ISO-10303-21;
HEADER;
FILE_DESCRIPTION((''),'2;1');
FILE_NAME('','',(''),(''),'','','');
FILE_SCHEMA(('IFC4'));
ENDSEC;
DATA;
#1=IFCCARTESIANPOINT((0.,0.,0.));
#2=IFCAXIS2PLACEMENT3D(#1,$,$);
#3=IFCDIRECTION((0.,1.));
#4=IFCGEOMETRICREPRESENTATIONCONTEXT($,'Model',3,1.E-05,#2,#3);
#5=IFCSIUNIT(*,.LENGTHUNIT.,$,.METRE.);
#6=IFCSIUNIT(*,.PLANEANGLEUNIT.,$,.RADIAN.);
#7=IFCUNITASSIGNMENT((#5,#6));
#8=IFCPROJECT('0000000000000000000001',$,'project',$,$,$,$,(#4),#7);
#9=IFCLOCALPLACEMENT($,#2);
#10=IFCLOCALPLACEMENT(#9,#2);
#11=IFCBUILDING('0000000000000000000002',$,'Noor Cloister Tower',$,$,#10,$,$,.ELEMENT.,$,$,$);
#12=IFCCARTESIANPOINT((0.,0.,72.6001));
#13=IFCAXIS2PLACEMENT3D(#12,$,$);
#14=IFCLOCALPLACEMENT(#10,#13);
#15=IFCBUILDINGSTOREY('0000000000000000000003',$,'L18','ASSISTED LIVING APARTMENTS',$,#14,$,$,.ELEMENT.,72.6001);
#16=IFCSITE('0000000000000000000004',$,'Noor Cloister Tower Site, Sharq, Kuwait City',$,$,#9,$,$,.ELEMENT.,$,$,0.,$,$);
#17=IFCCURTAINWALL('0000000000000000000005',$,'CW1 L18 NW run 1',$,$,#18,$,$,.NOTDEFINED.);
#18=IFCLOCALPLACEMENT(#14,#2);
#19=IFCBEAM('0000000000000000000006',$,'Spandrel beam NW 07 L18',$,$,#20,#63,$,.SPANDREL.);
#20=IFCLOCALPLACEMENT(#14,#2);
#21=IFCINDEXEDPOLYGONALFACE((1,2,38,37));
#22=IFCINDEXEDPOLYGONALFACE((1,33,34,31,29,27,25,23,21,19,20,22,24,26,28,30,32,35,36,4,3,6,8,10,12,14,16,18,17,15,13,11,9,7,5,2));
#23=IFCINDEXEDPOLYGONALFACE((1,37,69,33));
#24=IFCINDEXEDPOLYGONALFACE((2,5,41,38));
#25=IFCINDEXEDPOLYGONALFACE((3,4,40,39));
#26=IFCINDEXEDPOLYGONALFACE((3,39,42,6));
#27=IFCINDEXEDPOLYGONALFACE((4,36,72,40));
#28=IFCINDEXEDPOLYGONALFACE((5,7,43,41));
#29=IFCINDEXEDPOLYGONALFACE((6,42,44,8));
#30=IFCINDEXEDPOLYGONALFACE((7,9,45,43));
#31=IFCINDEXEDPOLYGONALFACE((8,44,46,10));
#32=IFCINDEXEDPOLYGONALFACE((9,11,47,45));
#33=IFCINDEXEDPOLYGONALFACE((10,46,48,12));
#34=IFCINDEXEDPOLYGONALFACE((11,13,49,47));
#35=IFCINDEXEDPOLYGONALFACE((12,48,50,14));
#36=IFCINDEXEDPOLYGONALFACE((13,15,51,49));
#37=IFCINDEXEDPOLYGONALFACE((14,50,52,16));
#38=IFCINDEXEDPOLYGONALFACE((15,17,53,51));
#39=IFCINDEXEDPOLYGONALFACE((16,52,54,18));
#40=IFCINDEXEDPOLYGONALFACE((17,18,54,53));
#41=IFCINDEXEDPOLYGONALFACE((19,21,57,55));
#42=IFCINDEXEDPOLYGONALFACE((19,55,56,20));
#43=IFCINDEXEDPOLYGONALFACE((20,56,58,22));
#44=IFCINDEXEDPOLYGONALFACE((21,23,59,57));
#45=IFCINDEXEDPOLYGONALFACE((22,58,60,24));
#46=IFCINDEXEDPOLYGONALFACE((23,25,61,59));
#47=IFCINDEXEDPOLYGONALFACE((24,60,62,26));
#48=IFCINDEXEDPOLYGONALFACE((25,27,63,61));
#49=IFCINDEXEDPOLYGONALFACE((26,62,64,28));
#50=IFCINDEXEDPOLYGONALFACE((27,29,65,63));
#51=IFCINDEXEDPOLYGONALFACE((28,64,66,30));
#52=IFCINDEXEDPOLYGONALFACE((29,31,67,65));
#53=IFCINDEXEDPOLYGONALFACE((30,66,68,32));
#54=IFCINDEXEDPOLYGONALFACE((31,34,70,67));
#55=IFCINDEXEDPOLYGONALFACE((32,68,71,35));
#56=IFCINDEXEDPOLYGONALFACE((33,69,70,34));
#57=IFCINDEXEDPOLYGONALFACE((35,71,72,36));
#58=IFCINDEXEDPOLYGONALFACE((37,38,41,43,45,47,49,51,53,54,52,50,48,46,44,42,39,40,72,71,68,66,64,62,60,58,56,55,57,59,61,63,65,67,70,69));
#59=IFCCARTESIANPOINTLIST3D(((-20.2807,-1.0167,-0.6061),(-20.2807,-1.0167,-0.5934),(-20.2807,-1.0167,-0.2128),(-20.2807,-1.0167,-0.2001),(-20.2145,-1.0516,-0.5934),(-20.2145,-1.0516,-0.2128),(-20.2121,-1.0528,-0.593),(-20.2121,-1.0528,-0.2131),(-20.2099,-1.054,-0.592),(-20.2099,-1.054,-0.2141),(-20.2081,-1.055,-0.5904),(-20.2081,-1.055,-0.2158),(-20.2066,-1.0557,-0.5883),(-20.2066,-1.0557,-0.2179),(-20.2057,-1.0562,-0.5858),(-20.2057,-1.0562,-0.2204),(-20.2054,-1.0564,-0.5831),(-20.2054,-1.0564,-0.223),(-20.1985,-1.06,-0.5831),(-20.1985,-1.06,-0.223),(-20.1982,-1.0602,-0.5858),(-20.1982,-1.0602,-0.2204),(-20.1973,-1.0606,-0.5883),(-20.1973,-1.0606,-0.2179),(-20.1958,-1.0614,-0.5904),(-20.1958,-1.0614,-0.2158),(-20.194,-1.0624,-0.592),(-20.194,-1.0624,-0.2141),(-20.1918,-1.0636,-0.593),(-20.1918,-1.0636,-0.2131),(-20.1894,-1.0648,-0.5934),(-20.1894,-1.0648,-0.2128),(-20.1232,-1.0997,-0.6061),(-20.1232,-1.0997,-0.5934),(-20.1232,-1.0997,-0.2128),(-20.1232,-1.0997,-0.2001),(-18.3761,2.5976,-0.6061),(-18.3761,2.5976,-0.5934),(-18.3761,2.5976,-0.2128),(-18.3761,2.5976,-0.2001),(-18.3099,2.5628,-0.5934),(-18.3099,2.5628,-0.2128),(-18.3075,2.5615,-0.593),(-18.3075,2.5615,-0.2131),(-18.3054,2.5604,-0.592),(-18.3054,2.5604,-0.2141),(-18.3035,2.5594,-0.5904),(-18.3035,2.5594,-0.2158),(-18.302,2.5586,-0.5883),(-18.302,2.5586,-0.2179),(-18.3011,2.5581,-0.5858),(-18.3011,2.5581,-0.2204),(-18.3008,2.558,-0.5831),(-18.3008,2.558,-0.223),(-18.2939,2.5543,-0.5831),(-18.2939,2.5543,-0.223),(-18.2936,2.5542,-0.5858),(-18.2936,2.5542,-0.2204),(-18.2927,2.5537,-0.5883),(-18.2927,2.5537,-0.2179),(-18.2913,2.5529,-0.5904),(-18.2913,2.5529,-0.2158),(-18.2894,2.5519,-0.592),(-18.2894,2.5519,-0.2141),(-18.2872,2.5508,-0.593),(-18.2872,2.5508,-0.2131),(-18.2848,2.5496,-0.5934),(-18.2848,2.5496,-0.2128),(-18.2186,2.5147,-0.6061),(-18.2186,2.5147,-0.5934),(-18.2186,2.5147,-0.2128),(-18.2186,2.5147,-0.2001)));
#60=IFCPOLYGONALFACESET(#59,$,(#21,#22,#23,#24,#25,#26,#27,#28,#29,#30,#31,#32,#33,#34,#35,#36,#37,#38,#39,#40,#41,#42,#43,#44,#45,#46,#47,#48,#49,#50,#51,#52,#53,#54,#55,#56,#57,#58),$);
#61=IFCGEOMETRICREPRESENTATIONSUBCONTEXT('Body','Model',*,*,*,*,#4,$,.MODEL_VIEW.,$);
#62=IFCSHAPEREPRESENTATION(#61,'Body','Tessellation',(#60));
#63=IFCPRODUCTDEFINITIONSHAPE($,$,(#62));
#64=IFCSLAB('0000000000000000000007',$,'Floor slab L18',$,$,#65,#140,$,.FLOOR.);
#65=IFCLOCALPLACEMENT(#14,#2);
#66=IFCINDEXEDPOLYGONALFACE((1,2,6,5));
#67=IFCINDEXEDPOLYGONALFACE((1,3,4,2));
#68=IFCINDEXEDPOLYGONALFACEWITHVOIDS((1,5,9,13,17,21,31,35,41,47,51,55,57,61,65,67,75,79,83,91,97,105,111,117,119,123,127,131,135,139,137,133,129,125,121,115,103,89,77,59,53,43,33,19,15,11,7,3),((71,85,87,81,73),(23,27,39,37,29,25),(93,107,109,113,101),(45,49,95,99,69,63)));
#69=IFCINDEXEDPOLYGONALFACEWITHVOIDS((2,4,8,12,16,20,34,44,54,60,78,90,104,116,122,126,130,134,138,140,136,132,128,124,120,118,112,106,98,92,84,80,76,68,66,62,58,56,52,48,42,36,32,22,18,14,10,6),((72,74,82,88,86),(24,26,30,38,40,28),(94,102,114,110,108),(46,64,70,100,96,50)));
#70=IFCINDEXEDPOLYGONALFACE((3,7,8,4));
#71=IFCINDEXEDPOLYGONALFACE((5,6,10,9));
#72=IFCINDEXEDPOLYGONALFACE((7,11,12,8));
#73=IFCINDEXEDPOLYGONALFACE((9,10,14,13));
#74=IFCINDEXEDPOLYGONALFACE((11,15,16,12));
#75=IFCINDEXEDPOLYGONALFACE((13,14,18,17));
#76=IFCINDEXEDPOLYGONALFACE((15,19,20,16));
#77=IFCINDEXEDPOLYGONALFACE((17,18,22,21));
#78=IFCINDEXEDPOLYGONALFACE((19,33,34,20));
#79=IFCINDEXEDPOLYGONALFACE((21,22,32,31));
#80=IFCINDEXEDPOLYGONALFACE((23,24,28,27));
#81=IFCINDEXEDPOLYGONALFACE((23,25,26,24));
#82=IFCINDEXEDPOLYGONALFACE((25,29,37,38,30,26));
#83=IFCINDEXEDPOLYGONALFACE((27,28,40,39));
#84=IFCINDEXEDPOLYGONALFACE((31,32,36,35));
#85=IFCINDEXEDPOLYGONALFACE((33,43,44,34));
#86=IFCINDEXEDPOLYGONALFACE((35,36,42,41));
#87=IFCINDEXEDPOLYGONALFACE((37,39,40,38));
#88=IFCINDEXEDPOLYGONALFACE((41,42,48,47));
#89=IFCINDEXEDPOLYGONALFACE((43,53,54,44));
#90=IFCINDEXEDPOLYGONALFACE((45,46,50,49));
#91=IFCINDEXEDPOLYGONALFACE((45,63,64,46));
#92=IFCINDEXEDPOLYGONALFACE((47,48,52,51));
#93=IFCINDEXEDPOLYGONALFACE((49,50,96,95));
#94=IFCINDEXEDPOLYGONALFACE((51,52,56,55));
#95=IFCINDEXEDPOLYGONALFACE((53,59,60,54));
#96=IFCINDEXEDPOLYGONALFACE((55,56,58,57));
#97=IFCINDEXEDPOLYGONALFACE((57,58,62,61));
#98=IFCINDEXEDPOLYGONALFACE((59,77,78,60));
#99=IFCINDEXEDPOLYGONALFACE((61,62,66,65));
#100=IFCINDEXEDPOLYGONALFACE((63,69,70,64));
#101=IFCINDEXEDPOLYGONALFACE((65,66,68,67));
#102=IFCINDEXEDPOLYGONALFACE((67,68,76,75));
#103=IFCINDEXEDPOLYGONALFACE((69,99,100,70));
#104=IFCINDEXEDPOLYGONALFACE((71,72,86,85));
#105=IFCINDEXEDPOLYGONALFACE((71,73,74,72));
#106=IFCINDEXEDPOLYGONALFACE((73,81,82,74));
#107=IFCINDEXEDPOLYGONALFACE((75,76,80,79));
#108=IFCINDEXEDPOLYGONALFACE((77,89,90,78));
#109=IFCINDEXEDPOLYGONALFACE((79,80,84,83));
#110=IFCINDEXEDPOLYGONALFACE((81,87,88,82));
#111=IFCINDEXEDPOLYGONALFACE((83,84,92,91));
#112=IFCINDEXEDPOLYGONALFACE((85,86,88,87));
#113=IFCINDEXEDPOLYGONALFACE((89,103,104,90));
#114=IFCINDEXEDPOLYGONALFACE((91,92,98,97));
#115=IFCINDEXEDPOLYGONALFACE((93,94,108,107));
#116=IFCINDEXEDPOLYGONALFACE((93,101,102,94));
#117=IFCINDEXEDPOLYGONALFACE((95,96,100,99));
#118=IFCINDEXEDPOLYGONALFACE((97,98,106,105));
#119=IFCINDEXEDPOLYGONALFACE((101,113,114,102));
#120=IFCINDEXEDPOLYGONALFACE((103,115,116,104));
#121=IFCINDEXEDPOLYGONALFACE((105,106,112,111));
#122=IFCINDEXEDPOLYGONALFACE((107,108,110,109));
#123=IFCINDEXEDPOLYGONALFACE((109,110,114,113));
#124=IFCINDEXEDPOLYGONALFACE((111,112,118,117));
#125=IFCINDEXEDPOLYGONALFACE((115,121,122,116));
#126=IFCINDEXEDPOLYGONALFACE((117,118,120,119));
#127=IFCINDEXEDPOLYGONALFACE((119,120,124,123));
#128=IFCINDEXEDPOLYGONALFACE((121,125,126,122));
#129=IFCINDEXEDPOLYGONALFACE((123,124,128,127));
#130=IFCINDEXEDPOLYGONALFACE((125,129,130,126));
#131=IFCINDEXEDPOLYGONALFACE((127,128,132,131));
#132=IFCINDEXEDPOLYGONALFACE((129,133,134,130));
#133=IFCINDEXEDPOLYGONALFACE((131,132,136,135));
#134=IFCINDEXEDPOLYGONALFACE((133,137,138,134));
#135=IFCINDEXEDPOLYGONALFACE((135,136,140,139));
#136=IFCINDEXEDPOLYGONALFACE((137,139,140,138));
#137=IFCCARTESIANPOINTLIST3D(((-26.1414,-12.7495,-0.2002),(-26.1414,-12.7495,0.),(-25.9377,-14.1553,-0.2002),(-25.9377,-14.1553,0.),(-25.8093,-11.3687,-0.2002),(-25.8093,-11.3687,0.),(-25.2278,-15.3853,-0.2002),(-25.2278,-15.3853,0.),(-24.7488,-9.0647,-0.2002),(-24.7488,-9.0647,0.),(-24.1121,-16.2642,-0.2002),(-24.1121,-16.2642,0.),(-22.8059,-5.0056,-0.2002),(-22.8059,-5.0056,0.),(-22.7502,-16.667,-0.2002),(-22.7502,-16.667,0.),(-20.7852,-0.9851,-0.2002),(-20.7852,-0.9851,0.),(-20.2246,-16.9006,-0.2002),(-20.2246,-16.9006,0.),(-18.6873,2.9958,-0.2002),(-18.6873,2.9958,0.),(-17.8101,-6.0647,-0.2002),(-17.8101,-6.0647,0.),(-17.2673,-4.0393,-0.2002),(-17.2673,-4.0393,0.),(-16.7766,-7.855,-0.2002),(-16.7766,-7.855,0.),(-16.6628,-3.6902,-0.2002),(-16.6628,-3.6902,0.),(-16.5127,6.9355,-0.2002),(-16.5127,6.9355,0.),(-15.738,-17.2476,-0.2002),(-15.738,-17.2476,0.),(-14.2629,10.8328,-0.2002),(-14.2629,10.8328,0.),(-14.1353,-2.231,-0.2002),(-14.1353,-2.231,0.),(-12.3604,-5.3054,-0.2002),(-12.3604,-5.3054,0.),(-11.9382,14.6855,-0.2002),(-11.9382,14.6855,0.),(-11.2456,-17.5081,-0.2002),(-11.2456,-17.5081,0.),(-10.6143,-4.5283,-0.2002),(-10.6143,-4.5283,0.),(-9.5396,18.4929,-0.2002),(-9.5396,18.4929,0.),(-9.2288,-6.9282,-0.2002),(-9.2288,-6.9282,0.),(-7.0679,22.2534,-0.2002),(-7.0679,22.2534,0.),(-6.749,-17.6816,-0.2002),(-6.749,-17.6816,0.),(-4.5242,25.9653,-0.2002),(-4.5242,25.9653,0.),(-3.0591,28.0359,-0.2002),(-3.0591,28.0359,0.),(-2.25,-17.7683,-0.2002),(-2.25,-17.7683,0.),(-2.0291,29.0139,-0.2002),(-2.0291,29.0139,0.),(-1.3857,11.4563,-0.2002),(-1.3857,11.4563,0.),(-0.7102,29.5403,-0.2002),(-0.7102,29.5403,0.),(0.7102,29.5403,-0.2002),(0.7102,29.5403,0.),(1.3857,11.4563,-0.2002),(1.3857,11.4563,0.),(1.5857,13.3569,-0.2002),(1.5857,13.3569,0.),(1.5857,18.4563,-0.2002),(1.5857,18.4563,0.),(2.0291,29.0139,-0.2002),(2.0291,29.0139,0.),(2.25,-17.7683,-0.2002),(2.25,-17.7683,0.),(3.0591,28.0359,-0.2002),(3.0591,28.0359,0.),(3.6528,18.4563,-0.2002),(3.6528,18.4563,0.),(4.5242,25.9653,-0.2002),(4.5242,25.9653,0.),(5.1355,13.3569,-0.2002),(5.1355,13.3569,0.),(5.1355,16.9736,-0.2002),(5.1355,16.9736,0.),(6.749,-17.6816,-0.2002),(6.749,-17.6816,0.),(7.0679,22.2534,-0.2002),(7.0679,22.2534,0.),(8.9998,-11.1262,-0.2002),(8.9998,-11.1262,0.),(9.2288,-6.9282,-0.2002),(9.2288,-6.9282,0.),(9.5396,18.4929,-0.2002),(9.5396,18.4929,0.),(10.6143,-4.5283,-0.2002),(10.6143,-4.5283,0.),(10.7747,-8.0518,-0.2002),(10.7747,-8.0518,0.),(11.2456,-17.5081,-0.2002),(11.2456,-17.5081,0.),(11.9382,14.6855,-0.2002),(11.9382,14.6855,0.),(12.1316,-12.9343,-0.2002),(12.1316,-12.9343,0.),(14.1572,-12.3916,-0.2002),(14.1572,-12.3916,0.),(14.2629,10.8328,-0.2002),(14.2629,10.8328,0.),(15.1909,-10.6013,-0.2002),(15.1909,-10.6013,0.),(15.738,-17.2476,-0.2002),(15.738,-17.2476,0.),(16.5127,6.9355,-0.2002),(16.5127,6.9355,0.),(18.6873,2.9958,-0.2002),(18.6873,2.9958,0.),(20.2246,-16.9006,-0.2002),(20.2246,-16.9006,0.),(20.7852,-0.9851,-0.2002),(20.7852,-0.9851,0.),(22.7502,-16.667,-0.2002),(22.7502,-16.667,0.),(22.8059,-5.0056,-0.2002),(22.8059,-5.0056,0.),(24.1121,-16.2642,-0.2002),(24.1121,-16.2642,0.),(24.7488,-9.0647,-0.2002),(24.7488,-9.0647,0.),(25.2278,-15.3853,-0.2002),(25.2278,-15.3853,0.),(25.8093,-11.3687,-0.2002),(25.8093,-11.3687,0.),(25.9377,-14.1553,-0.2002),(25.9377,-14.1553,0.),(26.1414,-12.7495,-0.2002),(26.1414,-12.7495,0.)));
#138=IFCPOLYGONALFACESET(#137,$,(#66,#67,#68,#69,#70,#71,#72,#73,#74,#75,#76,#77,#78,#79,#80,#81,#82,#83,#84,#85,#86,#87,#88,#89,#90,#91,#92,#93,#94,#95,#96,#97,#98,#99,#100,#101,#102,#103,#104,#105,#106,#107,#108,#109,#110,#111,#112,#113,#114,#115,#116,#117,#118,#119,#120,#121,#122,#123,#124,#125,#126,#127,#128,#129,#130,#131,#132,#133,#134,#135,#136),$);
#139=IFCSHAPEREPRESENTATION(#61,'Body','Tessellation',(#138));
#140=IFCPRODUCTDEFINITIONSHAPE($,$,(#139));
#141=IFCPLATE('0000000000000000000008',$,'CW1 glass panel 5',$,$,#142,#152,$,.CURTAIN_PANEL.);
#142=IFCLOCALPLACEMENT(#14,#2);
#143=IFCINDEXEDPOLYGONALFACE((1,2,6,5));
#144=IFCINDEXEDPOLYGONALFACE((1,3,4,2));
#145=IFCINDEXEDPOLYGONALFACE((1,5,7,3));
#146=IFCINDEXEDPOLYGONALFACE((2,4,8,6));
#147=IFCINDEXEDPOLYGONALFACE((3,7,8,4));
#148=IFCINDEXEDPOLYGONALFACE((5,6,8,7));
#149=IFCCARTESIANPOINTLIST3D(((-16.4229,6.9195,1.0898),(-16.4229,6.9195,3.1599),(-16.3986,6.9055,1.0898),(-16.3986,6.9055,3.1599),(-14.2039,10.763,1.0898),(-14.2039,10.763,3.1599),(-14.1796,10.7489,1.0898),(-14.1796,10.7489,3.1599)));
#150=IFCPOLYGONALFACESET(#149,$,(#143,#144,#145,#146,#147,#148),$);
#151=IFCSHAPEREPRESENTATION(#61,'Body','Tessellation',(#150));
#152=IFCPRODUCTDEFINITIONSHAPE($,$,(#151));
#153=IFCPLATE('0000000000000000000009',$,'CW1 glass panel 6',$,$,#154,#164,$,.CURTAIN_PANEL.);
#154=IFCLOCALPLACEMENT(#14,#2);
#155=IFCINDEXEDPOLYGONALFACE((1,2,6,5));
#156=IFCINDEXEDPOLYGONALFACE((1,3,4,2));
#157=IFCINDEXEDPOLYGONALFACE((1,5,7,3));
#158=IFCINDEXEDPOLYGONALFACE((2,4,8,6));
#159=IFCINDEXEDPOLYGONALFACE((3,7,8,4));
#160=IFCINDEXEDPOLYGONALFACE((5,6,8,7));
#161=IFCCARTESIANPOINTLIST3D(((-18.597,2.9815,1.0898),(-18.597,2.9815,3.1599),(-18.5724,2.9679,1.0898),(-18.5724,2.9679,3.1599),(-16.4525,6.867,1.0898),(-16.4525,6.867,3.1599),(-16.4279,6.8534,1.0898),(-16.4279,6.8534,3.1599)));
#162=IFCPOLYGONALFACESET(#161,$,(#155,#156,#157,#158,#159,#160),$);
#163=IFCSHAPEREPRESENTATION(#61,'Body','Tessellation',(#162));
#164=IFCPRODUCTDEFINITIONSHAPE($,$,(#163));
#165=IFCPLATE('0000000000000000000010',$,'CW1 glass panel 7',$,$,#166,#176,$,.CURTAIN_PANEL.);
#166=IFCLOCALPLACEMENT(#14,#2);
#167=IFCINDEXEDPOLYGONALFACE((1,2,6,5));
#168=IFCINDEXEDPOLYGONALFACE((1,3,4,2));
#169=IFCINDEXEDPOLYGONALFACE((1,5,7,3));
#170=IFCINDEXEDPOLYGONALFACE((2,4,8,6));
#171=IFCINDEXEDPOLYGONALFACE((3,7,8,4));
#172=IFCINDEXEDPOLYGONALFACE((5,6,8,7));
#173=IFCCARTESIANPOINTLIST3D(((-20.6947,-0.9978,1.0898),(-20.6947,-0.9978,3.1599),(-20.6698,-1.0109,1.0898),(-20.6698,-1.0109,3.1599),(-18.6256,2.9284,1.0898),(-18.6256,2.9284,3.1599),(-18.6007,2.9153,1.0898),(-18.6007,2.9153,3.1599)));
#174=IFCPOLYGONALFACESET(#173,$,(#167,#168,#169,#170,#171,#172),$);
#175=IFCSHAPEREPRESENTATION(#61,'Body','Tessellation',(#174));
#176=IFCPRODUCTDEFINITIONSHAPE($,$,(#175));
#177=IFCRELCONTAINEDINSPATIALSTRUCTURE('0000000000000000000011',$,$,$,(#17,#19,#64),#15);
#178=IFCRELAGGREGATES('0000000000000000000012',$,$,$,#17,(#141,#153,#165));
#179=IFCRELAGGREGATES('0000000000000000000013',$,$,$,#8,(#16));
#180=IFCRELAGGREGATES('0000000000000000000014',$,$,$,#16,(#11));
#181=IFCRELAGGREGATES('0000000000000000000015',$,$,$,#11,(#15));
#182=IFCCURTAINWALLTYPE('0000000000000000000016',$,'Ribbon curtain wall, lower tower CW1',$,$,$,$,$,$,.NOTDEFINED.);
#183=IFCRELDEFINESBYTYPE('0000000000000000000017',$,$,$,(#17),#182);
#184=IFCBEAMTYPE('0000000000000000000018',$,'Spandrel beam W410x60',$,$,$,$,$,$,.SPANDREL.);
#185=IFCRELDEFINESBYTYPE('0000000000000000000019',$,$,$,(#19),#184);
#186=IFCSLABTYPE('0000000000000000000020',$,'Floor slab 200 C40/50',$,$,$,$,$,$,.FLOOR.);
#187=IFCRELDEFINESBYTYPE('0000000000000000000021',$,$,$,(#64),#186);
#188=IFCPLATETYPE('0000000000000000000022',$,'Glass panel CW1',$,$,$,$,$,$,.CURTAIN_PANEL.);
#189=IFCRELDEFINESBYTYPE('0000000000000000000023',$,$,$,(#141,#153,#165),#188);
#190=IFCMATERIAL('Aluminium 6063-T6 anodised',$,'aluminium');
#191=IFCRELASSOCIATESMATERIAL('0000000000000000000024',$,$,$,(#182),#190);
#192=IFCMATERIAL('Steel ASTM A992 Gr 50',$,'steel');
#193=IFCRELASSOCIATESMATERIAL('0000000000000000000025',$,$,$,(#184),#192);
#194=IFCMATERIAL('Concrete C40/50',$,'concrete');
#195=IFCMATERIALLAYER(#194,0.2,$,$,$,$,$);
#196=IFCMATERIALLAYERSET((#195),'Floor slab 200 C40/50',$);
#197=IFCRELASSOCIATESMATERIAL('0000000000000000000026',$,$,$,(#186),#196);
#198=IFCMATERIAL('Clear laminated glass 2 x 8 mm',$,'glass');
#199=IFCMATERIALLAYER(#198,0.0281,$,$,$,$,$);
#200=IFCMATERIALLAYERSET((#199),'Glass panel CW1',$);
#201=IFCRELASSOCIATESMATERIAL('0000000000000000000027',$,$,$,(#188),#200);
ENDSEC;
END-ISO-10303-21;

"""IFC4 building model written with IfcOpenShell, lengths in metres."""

from ifc_helpers import new_model, si_unit, direction, frame, origin, origin_2d, place, context, subcontext, project, spatial, polyline, rectangle, i_section, outline, extrude, material, layer, layer_set, material_profile, profile_set, type_object, element, aggregate, save


model = new_model("IFC4")

# Units and contexts
model_context = context("Model", 3, precision=1e-05, world=origin(), true_north=direction((0.0, 1.0)))
body_context = subcontext(model_context, "Body", "Model", "MODEL_VIEW")
ifc_project = project(units=[si_unit("LENGTHUNIT", "METRE"), si_unit("PLANEANGLEUNIT", "RADIAN")], contexts=[model_context])

# Site, building, storey
site_placement = place(None, origin())
site = spatial("IfcSite", under=ifc_project, at=site_placement, Name="Noor Cloister Tower Site, Sharq, Kuwait City", CompositionType="ELEMENT", RefElevation=0.0)
building_placement = place(site_placement, origin())
building = spatial("IfcBuilding", under=site, at=building_placement, Name="Noor Cloister Tower", CompositionType="ELEMENT")
storey_placement = place(building_placement, frame((0.0, 0.0, 72.6001)))
storey = spatial("IfcBuildingStorey", under=building, at=storey_placement, Name="L18", Description="ASSISTED LIVING APARTMENTS", CompositionType="ELEMENT", Elevation=72.6001)

# Curtain wall
ifc_material_1 = material(Name="Aluminium 6063-T6 anodised", Category="aluminium")
curtain_wall_type = type_object("IfcCurtainWallType", Name="Ribbon curtain wall, lower tower CW1", PredefinedType="NOTDEFINED", material=ifc_material_1)
curtain_wall_1_placement = place(storey_placement, origin())
curtain_wall_1 = element("IfcCurtainWall", 1, at=curtain_wall_1_placement, inside=storey, type_object=curtain_wall_type, Name="CW1 L18 NW run 1", PredefinedType="NOTDEFINED")

# Beam
ifc_material_2 = material(Name="Steel ASTM A992 Gr 50", Category="steel")
ifc_material_profile_1 = material_profile(ifc_material_2, i_section(OverallWidth=0.178, OverallDepth=0.406, WebThickness=0.0078, FlangeThickness=0.0127, FilletRadius=0.0103, at=origin_2d()), Name="W410x60")
ifc_profile_set_1 = profile_set([ifc_material_profile_1], Name="Steel ASTM A992 Gr 50")
beam_type_1 = type_object("IfcBeamType", Name="Spandrel beam W410x60", PredefinedType="SPANDREL", material=ifc_profile_set_1)
beam_1_placement = place(storey_placement, frame((-18.2974, 2.5562, -0.4031), z_axis=(-0.466187, -0.884686, 0.0), x_axis=(0.884686, -0.466187, 0.0)))
element("IfcBeam", 2, at=beam_1_placement, inside=storey, type_object=beam_type_1, Name="Spandrel beam NW 07 L18", PredefinedType="SPANDREL", context=body_context, shape_type="SweptSolid", body=[
    extrude(i_section(OverallWidth=0.178, OverallDepth=0.406, WebThickness=0.0078, FlangeThickness=0.0127, FilletRadius=0.0103, at=origin_2d()), origin(), (0.0, 0.0, 1.0), 4.0854),
])

# Slab
ifc_material_3 = material(Name="Concrete C40/50", Category="concrete")
ifc_layer_1 = layer(ifc_material_3, 0.2)
ifc_layer_set_1 = layer_set([ifc_layer_1], Name="Floor slab 200 C40/50")
slab_type = type_object("IfcSlabType", Name="Floor slab 200 C40/50", PredefinedType="FLOOR", material=ifc_layer_set_1)
slab_placement = place(storey_placement, frame((0.0, 0.0, -0.2002)))
element("IfcSlab", 3, at=slab_placement, inside=storey, type_object=slab_type, Name="Floor slab L18", PredefinedType="FLOOR", context=body_context, shape_type="SweptSolid", body=[
    extrude(outline(polyline([(3.0591, 28.0359), (2.0291, 29.0139), (0.7102, 29.5403), (-0.7102, 29.5403), (-2.0291, 29.0139), (-3.0591, 28.0359), (-4.5242, 25.9653), (-7.0679, 22.2534), (-9.5396, 18.4929), (-11.9382, 14.6855), (-14.2629, 10.8328), (-16.5127, 6.9355), (-18.6873, 2.9958), (-20.7852, -0.9851), (-22.8059, -5.0056), (-24.7488, -9.0647), (-25.8093, -11.3687), (-26.1414, -12.7495), (-25.9377, -14.1553), (-25.2278, -15.3853), (-24.1121, -16.2642), (-22.7502, -16.667), (-20.2246, -16.9006), (-15.738, -17.2476), (-11.2456, -17.5081), (-6.749, -17.6816), (-2.25, -17.7683), (2.25, -17.7683), (6.749, -17.6816), (11.2456, -17.5081), (15.738, -17.2476), (20.2246, -16.9006), (22.7502, -16.667), (24.1121, -16.2642), (25.2278, -15.3853), (25.9377, -14.1553), (26.1414, -12.7495), (25.8093, -11.3687), (24.7488, -9.0647), (22.8059, -5.0056), (20.7852, -0.9851), (18.6873, 2.9958), (16.5127, 6.9355), (14.2629, 10.8328), (11.9382, 14.6855), (9.5396, 18.4929), (7.0679, 22.2534), (4.5242, 25.9653), (3.0591, 28.0359)]), holes=[polyline([(8.9998, -11.1262), (12.1316, -12.9343), (14.1572, -12.3916), (15.1909, -10.6013), (10.7747, -8.0518), (8.9998, -11.1262)]), polyline([(-17.8101, -6.0647), (-16.7766, -7.855), (-12.3604, -5.3054), (-14.1353, -2.231), (-16.6628, -3.6902), (-17.2673, -4.0393), (-17.8101, -6.0647)]), polyline([(-10.6143, -4.5283), (-9.2288, -6.9282), (9.2288, -6.9282), (10.6143, -4.5283), (1.3857, 11.4563), (-1.3857, 11.4563), (-10.6143, -4.5283)]), polyline([(3.6528, 18.4563), (1.5857, 18.4563), (1.5857, 13.3569), (5.1355, 13.3569), (5.1355, 16.9736), (3.6528, 18.4563)])]), origin(), (0.0, 0.0, 1.0), 0.2002),
])

# Plates
ifc_material_4 = material(Name="Clear laminated glass 2 x 8 mm", Category="glass")
ifc_layer_2 = layer(ifc_material_4, 0.0281)
ifc_layer_set_2 = layer_set([ifc_layer_2], Name="Glass panel CW1")
plate_type = type_object("IfcPlateType", Name="Glass panel CW1", PredefinedType="CURTAIN_PANEL", material=ifc_layer_set_2)
plate_1_placement = place(storey_placement, frame((-15.3013, 8.8342, 1.0898), z_axis=(0.0, 0.0, 1.0), x_axis=(-0.5, -0.866025, 0.0)))
plate_1 = element("IfcPlate", 4, at=plate_1_placement, type_object=plate_type, Name="CW1 glass panel 5", PredefinedType="CURTAIN_PANEL", context=body_context, shape_type="SweptSolid", body=[
    extrude(rectangle(XDim=4.438, YDim=0.0281, at=origin_2d()), origin(), (0.0, 0.0, 1.0), 2.0701),
])
plate_2_placement = place(storey_placement, frame((-17.5125, 4.9175, 1.0898), z_axis=(0.0, 0.0, 1.0), x_axis=(-0.4832, -0.87551, 0.0)))
plate_2 = element("IfcPlate", 5, at=plate_2_placement, type_object=plate_type, Name="CW1 glass panel 6", PredefinedType="CURTAIN_PANEL", context=body_context, shape_type="SweptSolid", body=[
    extrude(rectangle(XDim=4.438, YDim=0.0281, at=origin_2d()), origin(), (0.0, 0.0, 1.0), 2.0701),
])
plate_3_placement = place(storey_placement, frame((-19.6477, 0.9587, 1.0898), z_axis=(0.0, 0.0, 1.0), x_axis=(-0.466221, -0.884668, 0.0)))
plate_3 = element("IfcPlate", 6, at=plate_3_placement, type_object=plate_type, Name="CW1 glass panel 7", PredefinedType="CURTAIN_PANEL", context=body_context, shape_type="SweptSolid", body=[
    extrude(rectangle(XDim=4.438, YDim=0.0281, at=origin_2d()), origin(), (0.0, 0.0, 1.0), 2.0701),
])
aggregate(curtain_wall_1, [plate_1, plate_2, plate_3])

save(model, "model.ifc")
